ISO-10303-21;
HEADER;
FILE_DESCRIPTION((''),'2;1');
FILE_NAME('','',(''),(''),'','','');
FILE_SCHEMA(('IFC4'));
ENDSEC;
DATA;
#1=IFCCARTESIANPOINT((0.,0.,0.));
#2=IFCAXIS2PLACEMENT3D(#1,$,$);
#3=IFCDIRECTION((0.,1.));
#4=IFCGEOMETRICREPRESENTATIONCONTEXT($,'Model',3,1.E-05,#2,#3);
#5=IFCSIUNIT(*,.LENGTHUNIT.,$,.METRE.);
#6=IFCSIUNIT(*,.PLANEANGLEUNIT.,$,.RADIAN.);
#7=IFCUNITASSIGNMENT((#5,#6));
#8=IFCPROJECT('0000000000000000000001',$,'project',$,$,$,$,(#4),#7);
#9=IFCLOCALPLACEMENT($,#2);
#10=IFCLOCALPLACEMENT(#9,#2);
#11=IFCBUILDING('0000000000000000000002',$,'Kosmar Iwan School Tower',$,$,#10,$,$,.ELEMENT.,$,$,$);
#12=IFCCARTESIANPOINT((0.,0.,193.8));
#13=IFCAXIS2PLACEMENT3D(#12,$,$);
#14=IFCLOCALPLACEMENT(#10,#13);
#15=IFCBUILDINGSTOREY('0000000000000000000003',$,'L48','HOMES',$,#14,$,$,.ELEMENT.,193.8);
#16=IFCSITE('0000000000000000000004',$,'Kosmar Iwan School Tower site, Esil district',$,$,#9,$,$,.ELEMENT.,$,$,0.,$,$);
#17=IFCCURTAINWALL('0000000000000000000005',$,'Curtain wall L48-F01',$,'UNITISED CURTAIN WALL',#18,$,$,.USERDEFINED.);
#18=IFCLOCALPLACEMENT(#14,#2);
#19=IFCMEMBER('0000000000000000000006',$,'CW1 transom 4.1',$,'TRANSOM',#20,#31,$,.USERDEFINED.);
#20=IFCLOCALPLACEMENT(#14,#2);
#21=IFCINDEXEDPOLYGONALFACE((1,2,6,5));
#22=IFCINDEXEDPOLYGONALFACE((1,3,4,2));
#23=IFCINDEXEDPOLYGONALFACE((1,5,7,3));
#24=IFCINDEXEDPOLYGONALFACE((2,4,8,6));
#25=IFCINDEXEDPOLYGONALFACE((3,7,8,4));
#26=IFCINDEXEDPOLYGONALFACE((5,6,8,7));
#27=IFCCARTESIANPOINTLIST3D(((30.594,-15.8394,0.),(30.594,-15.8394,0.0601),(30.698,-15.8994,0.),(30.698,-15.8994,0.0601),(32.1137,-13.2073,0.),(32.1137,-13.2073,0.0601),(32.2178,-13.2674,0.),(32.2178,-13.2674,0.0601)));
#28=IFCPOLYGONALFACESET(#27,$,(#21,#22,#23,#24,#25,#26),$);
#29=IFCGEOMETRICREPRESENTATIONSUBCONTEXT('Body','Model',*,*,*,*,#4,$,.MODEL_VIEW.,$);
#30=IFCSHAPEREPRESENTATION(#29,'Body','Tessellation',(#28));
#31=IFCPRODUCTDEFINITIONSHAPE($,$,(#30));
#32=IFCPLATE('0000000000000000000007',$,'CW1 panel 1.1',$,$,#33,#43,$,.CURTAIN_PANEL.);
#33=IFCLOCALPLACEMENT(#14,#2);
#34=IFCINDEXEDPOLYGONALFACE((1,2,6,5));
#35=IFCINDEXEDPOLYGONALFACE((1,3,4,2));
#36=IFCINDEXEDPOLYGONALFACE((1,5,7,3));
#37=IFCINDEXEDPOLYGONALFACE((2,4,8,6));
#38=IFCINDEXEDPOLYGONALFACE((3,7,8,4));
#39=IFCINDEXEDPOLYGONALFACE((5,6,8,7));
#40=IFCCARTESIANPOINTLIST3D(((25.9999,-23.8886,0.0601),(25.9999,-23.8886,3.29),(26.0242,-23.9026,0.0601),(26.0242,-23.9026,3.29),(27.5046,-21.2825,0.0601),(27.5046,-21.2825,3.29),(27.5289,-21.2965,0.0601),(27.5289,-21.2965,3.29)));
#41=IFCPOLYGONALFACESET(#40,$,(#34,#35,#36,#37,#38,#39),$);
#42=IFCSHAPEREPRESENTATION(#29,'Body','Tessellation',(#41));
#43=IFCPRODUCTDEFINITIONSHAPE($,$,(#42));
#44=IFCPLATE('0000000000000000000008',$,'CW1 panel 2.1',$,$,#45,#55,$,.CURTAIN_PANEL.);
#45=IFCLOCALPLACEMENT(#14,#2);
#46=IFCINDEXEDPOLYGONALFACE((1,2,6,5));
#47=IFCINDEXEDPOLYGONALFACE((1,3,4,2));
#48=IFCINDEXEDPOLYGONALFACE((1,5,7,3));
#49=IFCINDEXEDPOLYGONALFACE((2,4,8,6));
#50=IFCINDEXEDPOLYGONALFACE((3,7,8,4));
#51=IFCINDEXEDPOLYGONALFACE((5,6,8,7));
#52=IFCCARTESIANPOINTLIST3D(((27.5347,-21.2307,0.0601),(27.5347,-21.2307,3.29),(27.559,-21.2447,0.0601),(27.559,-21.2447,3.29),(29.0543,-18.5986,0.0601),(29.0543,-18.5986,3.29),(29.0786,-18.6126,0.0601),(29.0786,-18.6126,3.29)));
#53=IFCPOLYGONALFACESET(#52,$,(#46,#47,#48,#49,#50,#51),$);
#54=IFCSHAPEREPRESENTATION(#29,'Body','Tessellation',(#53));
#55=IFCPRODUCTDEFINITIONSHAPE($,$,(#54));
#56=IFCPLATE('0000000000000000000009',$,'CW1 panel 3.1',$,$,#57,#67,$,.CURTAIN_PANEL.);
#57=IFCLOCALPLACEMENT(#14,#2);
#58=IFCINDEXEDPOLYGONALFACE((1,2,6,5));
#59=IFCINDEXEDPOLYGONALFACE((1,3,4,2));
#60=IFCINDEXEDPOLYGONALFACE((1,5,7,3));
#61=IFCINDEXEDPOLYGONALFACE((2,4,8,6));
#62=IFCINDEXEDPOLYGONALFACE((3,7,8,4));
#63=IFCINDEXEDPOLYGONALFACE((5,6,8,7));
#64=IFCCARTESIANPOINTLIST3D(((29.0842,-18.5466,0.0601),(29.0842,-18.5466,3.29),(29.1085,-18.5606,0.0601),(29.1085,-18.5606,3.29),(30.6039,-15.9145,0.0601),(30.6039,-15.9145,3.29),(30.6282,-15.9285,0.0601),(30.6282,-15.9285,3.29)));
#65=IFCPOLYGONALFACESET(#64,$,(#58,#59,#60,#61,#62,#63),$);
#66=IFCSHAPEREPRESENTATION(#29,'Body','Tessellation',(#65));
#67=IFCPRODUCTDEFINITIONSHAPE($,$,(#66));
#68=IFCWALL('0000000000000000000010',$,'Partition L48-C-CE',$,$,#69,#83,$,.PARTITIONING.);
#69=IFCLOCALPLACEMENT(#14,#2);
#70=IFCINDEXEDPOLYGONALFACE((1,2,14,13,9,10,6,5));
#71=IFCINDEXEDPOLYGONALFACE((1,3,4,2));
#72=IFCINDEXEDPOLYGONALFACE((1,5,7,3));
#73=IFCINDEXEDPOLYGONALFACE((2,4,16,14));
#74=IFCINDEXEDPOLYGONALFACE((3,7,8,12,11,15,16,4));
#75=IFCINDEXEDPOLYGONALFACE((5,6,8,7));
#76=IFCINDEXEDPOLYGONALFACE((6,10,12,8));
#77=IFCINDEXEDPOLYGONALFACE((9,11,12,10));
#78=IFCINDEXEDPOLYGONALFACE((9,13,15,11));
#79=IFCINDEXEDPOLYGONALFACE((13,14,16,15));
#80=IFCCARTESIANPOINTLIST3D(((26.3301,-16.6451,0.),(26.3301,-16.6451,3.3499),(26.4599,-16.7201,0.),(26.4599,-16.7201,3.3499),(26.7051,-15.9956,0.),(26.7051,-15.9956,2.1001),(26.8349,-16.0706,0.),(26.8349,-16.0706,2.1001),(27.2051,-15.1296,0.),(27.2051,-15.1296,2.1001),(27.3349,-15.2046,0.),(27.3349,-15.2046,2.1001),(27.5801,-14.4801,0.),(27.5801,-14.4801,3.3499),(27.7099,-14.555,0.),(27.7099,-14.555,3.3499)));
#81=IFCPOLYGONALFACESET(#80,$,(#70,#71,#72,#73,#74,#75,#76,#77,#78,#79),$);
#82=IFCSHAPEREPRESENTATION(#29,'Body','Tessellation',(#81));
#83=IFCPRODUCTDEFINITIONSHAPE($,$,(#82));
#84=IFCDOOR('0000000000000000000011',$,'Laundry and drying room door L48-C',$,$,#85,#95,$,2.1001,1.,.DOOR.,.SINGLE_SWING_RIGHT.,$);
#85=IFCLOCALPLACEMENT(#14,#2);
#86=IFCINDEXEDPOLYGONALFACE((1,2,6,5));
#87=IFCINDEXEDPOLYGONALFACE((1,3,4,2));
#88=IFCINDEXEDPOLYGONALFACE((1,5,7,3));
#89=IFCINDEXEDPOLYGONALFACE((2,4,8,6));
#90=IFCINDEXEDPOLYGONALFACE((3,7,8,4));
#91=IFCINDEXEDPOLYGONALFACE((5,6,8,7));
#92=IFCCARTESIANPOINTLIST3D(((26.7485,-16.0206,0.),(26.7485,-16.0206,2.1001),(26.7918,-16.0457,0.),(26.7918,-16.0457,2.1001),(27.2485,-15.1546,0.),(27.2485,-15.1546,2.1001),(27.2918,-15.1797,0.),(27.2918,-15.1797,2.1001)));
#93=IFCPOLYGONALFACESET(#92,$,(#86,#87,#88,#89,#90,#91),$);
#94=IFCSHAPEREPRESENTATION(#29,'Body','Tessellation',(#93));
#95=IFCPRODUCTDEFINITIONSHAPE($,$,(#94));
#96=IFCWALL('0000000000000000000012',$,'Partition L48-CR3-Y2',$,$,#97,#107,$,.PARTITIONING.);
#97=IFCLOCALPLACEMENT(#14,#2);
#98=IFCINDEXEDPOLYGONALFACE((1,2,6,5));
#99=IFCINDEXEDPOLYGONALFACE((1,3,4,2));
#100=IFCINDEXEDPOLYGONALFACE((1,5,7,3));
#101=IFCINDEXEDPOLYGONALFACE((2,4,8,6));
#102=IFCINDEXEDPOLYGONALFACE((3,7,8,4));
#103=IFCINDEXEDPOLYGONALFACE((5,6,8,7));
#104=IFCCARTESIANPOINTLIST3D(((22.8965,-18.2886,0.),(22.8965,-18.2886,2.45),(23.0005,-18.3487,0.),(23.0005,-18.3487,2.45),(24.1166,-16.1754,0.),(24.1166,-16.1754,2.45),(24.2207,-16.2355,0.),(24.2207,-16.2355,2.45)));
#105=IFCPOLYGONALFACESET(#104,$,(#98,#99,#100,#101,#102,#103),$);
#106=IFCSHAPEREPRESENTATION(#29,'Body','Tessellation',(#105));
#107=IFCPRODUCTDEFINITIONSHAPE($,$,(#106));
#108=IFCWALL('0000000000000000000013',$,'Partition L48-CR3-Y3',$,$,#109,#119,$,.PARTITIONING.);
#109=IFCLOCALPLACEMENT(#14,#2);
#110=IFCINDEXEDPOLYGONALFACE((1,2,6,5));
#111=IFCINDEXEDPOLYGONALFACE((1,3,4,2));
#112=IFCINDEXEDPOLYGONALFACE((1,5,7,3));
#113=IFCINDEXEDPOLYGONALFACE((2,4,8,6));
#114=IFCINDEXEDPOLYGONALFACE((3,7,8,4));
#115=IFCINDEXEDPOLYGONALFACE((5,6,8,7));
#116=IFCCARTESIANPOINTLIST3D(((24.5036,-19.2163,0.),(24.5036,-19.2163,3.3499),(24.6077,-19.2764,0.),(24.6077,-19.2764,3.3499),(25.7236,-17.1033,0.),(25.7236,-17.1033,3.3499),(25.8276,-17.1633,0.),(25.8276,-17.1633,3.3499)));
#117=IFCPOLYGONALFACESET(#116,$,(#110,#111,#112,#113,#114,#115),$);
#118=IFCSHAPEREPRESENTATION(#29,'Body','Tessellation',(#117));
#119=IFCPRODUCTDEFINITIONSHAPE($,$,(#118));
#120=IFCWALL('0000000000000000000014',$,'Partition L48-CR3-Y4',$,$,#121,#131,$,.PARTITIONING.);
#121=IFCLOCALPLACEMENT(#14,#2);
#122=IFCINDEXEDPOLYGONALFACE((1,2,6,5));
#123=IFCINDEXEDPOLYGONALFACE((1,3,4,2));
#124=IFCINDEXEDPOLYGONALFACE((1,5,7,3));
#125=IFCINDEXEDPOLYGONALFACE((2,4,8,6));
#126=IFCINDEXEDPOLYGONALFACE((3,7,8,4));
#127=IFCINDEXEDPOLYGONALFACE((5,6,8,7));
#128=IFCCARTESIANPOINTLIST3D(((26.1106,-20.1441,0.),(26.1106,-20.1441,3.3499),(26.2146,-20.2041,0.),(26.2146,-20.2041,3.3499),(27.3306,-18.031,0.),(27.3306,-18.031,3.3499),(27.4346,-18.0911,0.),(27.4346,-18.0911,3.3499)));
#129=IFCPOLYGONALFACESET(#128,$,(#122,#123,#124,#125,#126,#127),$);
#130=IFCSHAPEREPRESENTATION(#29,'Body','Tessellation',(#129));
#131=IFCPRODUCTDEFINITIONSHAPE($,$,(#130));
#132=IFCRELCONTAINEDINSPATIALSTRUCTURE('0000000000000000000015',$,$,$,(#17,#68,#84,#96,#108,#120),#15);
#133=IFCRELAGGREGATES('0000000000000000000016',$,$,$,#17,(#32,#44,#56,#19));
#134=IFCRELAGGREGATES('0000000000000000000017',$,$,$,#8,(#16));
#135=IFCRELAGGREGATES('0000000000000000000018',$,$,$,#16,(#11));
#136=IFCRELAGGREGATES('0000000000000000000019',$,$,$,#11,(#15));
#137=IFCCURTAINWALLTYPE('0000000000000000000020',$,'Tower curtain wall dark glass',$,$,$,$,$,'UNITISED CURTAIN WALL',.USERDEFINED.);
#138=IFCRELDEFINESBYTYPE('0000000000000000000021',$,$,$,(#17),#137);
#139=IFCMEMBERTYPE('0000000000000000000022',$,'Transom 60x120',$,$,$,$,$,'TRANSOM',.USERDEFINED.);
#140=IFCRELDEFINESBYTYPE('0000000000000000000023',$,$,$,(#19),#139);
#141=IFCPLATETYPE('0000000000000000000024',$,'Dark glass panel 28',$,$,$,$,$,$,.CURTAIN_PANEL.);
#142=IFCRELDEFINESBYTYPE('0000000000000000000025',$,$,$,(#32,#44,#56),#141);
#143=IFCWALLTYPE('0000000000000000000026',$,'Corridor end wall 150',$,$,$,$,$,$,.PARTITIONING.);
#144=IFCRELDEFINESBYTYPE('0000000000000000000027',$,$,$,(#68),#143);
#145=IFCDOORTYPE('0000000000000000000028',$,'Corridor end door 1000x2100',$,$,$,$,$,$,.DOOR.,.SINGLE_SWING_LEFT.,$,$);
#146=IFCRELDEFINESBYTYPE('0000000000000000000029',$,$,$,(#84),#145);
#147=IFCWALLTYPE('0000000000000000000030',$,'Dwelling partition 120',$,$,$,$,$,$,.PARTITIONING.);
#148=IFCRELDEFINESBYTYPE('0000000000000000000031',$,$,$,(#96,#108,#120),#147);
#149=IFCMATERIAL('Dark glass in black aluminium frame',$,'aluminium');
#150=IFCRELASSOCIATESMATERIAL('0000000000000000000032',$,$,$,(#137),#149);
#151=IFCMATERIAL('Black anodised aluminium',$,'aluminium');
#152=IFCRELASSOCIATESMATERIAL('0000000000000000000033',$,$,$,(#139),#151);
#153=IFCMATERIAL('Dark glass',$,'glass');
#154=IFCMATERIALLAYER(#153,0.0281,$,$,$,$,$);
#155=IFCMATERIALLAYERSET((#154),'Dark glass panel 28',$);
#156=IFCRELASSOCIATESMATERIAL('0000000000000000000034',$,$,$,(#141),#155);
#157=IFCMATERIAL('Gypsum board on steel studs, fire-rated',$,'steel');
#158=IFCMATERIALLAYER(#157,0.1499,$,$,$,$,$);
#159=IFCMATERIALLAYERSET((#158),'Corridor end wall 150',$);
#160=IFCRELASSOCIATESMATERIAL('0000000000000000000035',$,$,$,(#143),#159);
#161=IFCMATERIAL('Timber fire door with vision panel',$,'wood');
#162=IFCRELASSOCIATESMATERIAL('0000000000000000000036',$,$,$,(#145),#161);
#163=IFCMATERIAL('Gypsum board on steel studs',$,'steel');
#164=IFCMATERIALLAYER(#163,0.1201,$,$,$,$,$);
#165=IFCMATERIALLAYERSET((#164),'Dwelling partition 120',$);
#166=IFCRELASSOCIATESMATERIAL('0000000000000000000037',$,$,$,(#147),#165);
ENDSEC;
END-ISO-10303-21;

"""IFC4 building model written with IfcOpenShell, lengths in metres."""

from ifc_helpers import new_model, si_unit, direction, frame, frame_2d, origin, origin_2d, place, context, subcontext, project, spatial, rectangle, extrude, material, layer, layer_set, material_profile, profile_set, type_object, element, fill, aggregate, save


model = new_model("IFC4")

# Units and contexts
model_context = context("Model", 3, precision=1e-05, world=origin(), true_north=direction((0.0, 1.0)))
body_context = subcontext(model_context, "Body", "Model", "MODEL_VIEW")
ifc_project = project(units=[si_unit("LENGTHUNIT", "METRE"), si_unit("PLANEANGLEUNIT", "RADIAN")], contexts=[model_context])

# Site, building, storey
site_placement = place(None, origin())
site = spatial("IfcSite", under=ifc_project, at=site_placement, Name="Kosmar Iwan School Tower site, Esil district", CompositionType="ELEMENT", RefElevation=0.0)
building_placement = place(site_placement, origin())
building = spatial("IfcBuilding", under=site, at=building_placement, Name="Kosmar Iwan School Tower", CompositionType="ELEMENT")
storey_placement = place(building_placement, frame((0.0, 0.0, 193.8)))
storey = spatial("IfcBuildingStorey", under=building, at=storey_placement, Name="L48", Description="HOMES", CompositionType="ELEMENT", Elevation=193.8)

# Curtain wall
ifc_material_1 = material(Name="Dark glass in black aluminium frame", Category="aluminium")
curtain_wall_type_1 = type_object("IfcCurtainWallType", Name="Tower curtain wall dark glass", ElementType="UNITISED CURTAIN WALL", PredefinedType="USERDEFINED", material=ifc_material_1)
curtain_wall_1_placement = place(storey_placement, origin())
curtain_wall_1 = element("IfcCurtainWall", 1, at=curtain_wall_1_placement, inside=storey, type_object=curtain_wall_type_1, Name="Curtain wall L48-F01", ObjectType="UNITISED CURTAIN WALL", PredefinedType="USERDEFINED")

# Member
ifc_material_2 = material(Name="Black anodised aluminium", Category="aluminium")
ifc_material_profile_1 = material_profile(ifc_material_2, rectangle(XDim=0.1201, YDim=0.0601, at=origin_2d()), Name="TRANSOM 60x120")
ifc_profile_set_1 = profile_set([ifc_material_profile_1], Name="Black anodised aluminium")
member_type_1 = type_object("IfcMemberType", Name="Transom 60x120", ElementType="TRANSOM", PredefinedType="USERDEFINED", material=ifc_profile_set_1)
member_1_placement = place(storey_placement, frame((30.646, -15.8694, 0.03), z_axis=(0.500035, 0.866005, 0.0), x_axis=(-0.866005, 0.500035, 0.0)))
member_1 = element("IfcMember", 2, at=member_1_placement, type_object=member_type_1, Name="CW1 transom 4.1", ObjectType="TRANSOM", PredefinedType="USERDEFINED", context=body_context, shape_type="SweptSolid", body=[
    extrude(rectangle(XDim=0.1201, YDim=0.0601, at=origin_2d()), origin(), (0.0, 0.0, 1.0), 3.0393),
])

# Plates
ifc_material_3 = material(Name="Dark glass", Category="glass")
ifc_layer_1 = layer(ifc_material_3, 0.0281)
ifc_layer_set_1 = layer_set([ifc_layer_1], Name="Dark glass panel 28")
plate_type = type_object("IfcPlateType", Name="Dark glass panel 28", PredefinedType="CURTAIN_PANEL", material=ifc_layer_set_1)
plate_1_placement = place(storey_placement, frame((26.7644, -22.5925, 0.0601), z_axis=(0.0, 0.0, 1.0), x_axis=(0.5, 0.866025, 0.0)))
plate_1 = element("IfcPlate", 3, at=plate_1_placement, type_object=plate_type, Name="CW1 panel 1.1", PredefinedType="CURTAIN_PANEL", context=body_context, shape_type="SweptSolid", body=[
    extrude(rectangle(XDim=3.0093, YDim=0.0281, at=origin_2d()), origin(), (0.0, 0.0, 1.0), 3.23),
])
plate_2_placement = place(storey_placement, frame((28.3066, -19.9216, 0.0601), z_axis=(0.0, 0.0, 1.0), x_axis=(0.5, 0.866025, 0.0)))
plate_2 = element("IfcPlate", 4, at=plate_2_placement, type_object=plate_type, Name="CW1 panel 2.1", PredefinedType="CURTAIN_PANEL", context=body_context, shape_type="SweptSolid", body=[
    extrude(rectangle(XDim=3.0393, YDim=0.0281, at=origin_2d()), origin(), (0.0, 0.0, 1.0), 3.23),
])
plate_3_placement = place(storey_placement, frame((29.8562, -17.2375, 0.0601), z_axis=(0.0, 0.0, 1.0), x_axis=(0.5, 0.866025, 0.0)))
plate_3 = element("IfcPlate", 5, at=plate_3_placement, type_object=plate_type, Name="CW1 panel 3.1", PredefinedType="CURTAIN_PANEL", context=body_context, shape_type="SweptSolid", body=[
    extrude(rectangle(XDim=3.0393, YDim=0.0281, at=origin_2d()), origin(), (0.0, 0.0, 1.0), 3.23),
])
aggregate(curtain_wall_1, [plate_1, plate_2, plate_3, member_1])

# Wall, opening, door
ifc_material_4 = material(Name="Gypsum board on steel studs, fire-rated", Category="steel")
ifc_layer_2 = layer(ifc_material_4, 0.1499)
ifc_layer_set_2 = layer_set([ifc_layer_2], Name="Corridor end wall 150")
wall_type_1 = type_object("IfcWallType", Name="Corridor end wall 150", PredefinedType="PARTITIONING", material=ifc_layer_set_2)
wall_1_placement = place(storey_placement, frame((26.395, -16.6826, 0.0), z_axis=(0.0, 0.0, 1.0), x_axis=(0.500004, 0.866023, 0.0)))
wall_1 = element("IfcWall", 6, at=wall_1_placement, inside=storey, type_object=wall_type_1, Name="Partition L48-C-CE", PredefinedType="PARTITIONING", context=body_context, shape_type="SweptSolid", body=[
    extrude(rectangle(XDim=2.5, YDim=0.1499, at=frame_2d((1.25, 0.0))), origin(), (0.0, 0.0, 1.0), 3.3499),
])
opening_placement = place(wall_1_placement, frame((0.75, 0.0, 0.0)))
opening = element("IfcOpeningElement", 7, at=opening_placement, cuts=wall_1, PredefinedType="OPENING", context=body_context, shape_type="SweptSolid", body=[
    extrude(rectangle(XDim=1.0, YDim=2.1001, at=frame_2d((0.5, 1.05))), frame((0.0, 0.0869, 0.0), z_axis=(0.0, -1.0, 0.0), x_axis=(1.0, 0.0, 0.0)), (0.0, 0.0, 1.0), 0.1738),
])
ifc_material_5 = material(Name="Timber fire door with vision panel", Category="wood")
door_type = type_object("IfcDoorType", Name="Corridor end door 1000x2100", OperationType="SINGLE_SWING_LEFT", PredefinedType="DOOR", material=ifc_material_5)
door_placement = place(opening_placement, origin())
door = element("IfcDoor", 8, at=door_placement, inside=storey, type_object=door_type, Name="Laundry and drying room door L48-C", OperationType="SINGLE_SWING_RIGHT", OverallHeight=2.1001, OverallWidth=1.0, PredefinedType="DOOR", context=body_context, shape_type="SweptSolid", body=[
    extrude(rectangle(XDim=1.0, YDim=2.1001, at=frame_2d((0.5, 1.05))), frame((0.0, 0.0249, 0.0), z_axis=(0.0, -1.0, 0.0), x_axis=(1.0, 0.0, 0.0)), (0.0, 0.0, 1.0), 0.05),
])
fill(opening, door)

# Walls
ifc_material_6 = material(Name="Gypsum board on steel studs", Category="steel")
ifc_layer_3 = layer(ifc_material_6, 0.1201)
ifc_layer_set_3 = layer_set([ifc_layer_3], Name="Dwelling partition 120")
wall_type_2 = type_object("IfcWallType", Name="Dwelling partition 120", PredefinedType="PARTITIONING", material=ifc_layer_set_3)
wall_2_placement = place(storey_placement, frame((24.1687, -16.2053, 0.0), z_axis=(0.0, 0.0, 1.0), x_axis=(-0.500034, -0.866006, 0.0)))
element("IfcWall", 9, at=wall_2_placement, inside=storey, type_object=wall_type_2, Name="Partition L48-CR3-Y2", PredefinedType="PARTITIONING", context=body_context, shape_type="SweptSolid", body=[
    extrude(rectangle(XDim=2.4402, YDim=0.1201, at=frame_2d((1.2202, 0.0))), origin(), (0.0, 0.0, 1.0), 2.45),
])
for number, where, z_axis, x_axis, name in (
    (10, (25.7756, -17.1333, 0.0), (0.0, 0.0, 1.0), (-0.500003, -0.866024, 0.0), "Partition L48-CR3-Y3"),
    (11, (27.3826, -18.061, 0.0), (0.0, 0.0, 1.0), (-0.500003, -0.866024, 0.0), "Partition L48-CR3-Y4"),
):
    element("IfcWall", number, at=place(storey_placement, frame(where, z_axis=z_axis, x_axis=x_axis)), inside=storey, type_object=wall_type_2, Name=name, PredefinedType="PARTITIONING", context=body_context, shape_type="SweptSolid", body=[
        extrude(rectangle(XDim=2.4399, YDim=0.1201, at=frame_2d((1.22, 0.0))), origin(), (0.0, 0.0, 1.0), 3.3499),
    ])

save(model, "model.ifc")
